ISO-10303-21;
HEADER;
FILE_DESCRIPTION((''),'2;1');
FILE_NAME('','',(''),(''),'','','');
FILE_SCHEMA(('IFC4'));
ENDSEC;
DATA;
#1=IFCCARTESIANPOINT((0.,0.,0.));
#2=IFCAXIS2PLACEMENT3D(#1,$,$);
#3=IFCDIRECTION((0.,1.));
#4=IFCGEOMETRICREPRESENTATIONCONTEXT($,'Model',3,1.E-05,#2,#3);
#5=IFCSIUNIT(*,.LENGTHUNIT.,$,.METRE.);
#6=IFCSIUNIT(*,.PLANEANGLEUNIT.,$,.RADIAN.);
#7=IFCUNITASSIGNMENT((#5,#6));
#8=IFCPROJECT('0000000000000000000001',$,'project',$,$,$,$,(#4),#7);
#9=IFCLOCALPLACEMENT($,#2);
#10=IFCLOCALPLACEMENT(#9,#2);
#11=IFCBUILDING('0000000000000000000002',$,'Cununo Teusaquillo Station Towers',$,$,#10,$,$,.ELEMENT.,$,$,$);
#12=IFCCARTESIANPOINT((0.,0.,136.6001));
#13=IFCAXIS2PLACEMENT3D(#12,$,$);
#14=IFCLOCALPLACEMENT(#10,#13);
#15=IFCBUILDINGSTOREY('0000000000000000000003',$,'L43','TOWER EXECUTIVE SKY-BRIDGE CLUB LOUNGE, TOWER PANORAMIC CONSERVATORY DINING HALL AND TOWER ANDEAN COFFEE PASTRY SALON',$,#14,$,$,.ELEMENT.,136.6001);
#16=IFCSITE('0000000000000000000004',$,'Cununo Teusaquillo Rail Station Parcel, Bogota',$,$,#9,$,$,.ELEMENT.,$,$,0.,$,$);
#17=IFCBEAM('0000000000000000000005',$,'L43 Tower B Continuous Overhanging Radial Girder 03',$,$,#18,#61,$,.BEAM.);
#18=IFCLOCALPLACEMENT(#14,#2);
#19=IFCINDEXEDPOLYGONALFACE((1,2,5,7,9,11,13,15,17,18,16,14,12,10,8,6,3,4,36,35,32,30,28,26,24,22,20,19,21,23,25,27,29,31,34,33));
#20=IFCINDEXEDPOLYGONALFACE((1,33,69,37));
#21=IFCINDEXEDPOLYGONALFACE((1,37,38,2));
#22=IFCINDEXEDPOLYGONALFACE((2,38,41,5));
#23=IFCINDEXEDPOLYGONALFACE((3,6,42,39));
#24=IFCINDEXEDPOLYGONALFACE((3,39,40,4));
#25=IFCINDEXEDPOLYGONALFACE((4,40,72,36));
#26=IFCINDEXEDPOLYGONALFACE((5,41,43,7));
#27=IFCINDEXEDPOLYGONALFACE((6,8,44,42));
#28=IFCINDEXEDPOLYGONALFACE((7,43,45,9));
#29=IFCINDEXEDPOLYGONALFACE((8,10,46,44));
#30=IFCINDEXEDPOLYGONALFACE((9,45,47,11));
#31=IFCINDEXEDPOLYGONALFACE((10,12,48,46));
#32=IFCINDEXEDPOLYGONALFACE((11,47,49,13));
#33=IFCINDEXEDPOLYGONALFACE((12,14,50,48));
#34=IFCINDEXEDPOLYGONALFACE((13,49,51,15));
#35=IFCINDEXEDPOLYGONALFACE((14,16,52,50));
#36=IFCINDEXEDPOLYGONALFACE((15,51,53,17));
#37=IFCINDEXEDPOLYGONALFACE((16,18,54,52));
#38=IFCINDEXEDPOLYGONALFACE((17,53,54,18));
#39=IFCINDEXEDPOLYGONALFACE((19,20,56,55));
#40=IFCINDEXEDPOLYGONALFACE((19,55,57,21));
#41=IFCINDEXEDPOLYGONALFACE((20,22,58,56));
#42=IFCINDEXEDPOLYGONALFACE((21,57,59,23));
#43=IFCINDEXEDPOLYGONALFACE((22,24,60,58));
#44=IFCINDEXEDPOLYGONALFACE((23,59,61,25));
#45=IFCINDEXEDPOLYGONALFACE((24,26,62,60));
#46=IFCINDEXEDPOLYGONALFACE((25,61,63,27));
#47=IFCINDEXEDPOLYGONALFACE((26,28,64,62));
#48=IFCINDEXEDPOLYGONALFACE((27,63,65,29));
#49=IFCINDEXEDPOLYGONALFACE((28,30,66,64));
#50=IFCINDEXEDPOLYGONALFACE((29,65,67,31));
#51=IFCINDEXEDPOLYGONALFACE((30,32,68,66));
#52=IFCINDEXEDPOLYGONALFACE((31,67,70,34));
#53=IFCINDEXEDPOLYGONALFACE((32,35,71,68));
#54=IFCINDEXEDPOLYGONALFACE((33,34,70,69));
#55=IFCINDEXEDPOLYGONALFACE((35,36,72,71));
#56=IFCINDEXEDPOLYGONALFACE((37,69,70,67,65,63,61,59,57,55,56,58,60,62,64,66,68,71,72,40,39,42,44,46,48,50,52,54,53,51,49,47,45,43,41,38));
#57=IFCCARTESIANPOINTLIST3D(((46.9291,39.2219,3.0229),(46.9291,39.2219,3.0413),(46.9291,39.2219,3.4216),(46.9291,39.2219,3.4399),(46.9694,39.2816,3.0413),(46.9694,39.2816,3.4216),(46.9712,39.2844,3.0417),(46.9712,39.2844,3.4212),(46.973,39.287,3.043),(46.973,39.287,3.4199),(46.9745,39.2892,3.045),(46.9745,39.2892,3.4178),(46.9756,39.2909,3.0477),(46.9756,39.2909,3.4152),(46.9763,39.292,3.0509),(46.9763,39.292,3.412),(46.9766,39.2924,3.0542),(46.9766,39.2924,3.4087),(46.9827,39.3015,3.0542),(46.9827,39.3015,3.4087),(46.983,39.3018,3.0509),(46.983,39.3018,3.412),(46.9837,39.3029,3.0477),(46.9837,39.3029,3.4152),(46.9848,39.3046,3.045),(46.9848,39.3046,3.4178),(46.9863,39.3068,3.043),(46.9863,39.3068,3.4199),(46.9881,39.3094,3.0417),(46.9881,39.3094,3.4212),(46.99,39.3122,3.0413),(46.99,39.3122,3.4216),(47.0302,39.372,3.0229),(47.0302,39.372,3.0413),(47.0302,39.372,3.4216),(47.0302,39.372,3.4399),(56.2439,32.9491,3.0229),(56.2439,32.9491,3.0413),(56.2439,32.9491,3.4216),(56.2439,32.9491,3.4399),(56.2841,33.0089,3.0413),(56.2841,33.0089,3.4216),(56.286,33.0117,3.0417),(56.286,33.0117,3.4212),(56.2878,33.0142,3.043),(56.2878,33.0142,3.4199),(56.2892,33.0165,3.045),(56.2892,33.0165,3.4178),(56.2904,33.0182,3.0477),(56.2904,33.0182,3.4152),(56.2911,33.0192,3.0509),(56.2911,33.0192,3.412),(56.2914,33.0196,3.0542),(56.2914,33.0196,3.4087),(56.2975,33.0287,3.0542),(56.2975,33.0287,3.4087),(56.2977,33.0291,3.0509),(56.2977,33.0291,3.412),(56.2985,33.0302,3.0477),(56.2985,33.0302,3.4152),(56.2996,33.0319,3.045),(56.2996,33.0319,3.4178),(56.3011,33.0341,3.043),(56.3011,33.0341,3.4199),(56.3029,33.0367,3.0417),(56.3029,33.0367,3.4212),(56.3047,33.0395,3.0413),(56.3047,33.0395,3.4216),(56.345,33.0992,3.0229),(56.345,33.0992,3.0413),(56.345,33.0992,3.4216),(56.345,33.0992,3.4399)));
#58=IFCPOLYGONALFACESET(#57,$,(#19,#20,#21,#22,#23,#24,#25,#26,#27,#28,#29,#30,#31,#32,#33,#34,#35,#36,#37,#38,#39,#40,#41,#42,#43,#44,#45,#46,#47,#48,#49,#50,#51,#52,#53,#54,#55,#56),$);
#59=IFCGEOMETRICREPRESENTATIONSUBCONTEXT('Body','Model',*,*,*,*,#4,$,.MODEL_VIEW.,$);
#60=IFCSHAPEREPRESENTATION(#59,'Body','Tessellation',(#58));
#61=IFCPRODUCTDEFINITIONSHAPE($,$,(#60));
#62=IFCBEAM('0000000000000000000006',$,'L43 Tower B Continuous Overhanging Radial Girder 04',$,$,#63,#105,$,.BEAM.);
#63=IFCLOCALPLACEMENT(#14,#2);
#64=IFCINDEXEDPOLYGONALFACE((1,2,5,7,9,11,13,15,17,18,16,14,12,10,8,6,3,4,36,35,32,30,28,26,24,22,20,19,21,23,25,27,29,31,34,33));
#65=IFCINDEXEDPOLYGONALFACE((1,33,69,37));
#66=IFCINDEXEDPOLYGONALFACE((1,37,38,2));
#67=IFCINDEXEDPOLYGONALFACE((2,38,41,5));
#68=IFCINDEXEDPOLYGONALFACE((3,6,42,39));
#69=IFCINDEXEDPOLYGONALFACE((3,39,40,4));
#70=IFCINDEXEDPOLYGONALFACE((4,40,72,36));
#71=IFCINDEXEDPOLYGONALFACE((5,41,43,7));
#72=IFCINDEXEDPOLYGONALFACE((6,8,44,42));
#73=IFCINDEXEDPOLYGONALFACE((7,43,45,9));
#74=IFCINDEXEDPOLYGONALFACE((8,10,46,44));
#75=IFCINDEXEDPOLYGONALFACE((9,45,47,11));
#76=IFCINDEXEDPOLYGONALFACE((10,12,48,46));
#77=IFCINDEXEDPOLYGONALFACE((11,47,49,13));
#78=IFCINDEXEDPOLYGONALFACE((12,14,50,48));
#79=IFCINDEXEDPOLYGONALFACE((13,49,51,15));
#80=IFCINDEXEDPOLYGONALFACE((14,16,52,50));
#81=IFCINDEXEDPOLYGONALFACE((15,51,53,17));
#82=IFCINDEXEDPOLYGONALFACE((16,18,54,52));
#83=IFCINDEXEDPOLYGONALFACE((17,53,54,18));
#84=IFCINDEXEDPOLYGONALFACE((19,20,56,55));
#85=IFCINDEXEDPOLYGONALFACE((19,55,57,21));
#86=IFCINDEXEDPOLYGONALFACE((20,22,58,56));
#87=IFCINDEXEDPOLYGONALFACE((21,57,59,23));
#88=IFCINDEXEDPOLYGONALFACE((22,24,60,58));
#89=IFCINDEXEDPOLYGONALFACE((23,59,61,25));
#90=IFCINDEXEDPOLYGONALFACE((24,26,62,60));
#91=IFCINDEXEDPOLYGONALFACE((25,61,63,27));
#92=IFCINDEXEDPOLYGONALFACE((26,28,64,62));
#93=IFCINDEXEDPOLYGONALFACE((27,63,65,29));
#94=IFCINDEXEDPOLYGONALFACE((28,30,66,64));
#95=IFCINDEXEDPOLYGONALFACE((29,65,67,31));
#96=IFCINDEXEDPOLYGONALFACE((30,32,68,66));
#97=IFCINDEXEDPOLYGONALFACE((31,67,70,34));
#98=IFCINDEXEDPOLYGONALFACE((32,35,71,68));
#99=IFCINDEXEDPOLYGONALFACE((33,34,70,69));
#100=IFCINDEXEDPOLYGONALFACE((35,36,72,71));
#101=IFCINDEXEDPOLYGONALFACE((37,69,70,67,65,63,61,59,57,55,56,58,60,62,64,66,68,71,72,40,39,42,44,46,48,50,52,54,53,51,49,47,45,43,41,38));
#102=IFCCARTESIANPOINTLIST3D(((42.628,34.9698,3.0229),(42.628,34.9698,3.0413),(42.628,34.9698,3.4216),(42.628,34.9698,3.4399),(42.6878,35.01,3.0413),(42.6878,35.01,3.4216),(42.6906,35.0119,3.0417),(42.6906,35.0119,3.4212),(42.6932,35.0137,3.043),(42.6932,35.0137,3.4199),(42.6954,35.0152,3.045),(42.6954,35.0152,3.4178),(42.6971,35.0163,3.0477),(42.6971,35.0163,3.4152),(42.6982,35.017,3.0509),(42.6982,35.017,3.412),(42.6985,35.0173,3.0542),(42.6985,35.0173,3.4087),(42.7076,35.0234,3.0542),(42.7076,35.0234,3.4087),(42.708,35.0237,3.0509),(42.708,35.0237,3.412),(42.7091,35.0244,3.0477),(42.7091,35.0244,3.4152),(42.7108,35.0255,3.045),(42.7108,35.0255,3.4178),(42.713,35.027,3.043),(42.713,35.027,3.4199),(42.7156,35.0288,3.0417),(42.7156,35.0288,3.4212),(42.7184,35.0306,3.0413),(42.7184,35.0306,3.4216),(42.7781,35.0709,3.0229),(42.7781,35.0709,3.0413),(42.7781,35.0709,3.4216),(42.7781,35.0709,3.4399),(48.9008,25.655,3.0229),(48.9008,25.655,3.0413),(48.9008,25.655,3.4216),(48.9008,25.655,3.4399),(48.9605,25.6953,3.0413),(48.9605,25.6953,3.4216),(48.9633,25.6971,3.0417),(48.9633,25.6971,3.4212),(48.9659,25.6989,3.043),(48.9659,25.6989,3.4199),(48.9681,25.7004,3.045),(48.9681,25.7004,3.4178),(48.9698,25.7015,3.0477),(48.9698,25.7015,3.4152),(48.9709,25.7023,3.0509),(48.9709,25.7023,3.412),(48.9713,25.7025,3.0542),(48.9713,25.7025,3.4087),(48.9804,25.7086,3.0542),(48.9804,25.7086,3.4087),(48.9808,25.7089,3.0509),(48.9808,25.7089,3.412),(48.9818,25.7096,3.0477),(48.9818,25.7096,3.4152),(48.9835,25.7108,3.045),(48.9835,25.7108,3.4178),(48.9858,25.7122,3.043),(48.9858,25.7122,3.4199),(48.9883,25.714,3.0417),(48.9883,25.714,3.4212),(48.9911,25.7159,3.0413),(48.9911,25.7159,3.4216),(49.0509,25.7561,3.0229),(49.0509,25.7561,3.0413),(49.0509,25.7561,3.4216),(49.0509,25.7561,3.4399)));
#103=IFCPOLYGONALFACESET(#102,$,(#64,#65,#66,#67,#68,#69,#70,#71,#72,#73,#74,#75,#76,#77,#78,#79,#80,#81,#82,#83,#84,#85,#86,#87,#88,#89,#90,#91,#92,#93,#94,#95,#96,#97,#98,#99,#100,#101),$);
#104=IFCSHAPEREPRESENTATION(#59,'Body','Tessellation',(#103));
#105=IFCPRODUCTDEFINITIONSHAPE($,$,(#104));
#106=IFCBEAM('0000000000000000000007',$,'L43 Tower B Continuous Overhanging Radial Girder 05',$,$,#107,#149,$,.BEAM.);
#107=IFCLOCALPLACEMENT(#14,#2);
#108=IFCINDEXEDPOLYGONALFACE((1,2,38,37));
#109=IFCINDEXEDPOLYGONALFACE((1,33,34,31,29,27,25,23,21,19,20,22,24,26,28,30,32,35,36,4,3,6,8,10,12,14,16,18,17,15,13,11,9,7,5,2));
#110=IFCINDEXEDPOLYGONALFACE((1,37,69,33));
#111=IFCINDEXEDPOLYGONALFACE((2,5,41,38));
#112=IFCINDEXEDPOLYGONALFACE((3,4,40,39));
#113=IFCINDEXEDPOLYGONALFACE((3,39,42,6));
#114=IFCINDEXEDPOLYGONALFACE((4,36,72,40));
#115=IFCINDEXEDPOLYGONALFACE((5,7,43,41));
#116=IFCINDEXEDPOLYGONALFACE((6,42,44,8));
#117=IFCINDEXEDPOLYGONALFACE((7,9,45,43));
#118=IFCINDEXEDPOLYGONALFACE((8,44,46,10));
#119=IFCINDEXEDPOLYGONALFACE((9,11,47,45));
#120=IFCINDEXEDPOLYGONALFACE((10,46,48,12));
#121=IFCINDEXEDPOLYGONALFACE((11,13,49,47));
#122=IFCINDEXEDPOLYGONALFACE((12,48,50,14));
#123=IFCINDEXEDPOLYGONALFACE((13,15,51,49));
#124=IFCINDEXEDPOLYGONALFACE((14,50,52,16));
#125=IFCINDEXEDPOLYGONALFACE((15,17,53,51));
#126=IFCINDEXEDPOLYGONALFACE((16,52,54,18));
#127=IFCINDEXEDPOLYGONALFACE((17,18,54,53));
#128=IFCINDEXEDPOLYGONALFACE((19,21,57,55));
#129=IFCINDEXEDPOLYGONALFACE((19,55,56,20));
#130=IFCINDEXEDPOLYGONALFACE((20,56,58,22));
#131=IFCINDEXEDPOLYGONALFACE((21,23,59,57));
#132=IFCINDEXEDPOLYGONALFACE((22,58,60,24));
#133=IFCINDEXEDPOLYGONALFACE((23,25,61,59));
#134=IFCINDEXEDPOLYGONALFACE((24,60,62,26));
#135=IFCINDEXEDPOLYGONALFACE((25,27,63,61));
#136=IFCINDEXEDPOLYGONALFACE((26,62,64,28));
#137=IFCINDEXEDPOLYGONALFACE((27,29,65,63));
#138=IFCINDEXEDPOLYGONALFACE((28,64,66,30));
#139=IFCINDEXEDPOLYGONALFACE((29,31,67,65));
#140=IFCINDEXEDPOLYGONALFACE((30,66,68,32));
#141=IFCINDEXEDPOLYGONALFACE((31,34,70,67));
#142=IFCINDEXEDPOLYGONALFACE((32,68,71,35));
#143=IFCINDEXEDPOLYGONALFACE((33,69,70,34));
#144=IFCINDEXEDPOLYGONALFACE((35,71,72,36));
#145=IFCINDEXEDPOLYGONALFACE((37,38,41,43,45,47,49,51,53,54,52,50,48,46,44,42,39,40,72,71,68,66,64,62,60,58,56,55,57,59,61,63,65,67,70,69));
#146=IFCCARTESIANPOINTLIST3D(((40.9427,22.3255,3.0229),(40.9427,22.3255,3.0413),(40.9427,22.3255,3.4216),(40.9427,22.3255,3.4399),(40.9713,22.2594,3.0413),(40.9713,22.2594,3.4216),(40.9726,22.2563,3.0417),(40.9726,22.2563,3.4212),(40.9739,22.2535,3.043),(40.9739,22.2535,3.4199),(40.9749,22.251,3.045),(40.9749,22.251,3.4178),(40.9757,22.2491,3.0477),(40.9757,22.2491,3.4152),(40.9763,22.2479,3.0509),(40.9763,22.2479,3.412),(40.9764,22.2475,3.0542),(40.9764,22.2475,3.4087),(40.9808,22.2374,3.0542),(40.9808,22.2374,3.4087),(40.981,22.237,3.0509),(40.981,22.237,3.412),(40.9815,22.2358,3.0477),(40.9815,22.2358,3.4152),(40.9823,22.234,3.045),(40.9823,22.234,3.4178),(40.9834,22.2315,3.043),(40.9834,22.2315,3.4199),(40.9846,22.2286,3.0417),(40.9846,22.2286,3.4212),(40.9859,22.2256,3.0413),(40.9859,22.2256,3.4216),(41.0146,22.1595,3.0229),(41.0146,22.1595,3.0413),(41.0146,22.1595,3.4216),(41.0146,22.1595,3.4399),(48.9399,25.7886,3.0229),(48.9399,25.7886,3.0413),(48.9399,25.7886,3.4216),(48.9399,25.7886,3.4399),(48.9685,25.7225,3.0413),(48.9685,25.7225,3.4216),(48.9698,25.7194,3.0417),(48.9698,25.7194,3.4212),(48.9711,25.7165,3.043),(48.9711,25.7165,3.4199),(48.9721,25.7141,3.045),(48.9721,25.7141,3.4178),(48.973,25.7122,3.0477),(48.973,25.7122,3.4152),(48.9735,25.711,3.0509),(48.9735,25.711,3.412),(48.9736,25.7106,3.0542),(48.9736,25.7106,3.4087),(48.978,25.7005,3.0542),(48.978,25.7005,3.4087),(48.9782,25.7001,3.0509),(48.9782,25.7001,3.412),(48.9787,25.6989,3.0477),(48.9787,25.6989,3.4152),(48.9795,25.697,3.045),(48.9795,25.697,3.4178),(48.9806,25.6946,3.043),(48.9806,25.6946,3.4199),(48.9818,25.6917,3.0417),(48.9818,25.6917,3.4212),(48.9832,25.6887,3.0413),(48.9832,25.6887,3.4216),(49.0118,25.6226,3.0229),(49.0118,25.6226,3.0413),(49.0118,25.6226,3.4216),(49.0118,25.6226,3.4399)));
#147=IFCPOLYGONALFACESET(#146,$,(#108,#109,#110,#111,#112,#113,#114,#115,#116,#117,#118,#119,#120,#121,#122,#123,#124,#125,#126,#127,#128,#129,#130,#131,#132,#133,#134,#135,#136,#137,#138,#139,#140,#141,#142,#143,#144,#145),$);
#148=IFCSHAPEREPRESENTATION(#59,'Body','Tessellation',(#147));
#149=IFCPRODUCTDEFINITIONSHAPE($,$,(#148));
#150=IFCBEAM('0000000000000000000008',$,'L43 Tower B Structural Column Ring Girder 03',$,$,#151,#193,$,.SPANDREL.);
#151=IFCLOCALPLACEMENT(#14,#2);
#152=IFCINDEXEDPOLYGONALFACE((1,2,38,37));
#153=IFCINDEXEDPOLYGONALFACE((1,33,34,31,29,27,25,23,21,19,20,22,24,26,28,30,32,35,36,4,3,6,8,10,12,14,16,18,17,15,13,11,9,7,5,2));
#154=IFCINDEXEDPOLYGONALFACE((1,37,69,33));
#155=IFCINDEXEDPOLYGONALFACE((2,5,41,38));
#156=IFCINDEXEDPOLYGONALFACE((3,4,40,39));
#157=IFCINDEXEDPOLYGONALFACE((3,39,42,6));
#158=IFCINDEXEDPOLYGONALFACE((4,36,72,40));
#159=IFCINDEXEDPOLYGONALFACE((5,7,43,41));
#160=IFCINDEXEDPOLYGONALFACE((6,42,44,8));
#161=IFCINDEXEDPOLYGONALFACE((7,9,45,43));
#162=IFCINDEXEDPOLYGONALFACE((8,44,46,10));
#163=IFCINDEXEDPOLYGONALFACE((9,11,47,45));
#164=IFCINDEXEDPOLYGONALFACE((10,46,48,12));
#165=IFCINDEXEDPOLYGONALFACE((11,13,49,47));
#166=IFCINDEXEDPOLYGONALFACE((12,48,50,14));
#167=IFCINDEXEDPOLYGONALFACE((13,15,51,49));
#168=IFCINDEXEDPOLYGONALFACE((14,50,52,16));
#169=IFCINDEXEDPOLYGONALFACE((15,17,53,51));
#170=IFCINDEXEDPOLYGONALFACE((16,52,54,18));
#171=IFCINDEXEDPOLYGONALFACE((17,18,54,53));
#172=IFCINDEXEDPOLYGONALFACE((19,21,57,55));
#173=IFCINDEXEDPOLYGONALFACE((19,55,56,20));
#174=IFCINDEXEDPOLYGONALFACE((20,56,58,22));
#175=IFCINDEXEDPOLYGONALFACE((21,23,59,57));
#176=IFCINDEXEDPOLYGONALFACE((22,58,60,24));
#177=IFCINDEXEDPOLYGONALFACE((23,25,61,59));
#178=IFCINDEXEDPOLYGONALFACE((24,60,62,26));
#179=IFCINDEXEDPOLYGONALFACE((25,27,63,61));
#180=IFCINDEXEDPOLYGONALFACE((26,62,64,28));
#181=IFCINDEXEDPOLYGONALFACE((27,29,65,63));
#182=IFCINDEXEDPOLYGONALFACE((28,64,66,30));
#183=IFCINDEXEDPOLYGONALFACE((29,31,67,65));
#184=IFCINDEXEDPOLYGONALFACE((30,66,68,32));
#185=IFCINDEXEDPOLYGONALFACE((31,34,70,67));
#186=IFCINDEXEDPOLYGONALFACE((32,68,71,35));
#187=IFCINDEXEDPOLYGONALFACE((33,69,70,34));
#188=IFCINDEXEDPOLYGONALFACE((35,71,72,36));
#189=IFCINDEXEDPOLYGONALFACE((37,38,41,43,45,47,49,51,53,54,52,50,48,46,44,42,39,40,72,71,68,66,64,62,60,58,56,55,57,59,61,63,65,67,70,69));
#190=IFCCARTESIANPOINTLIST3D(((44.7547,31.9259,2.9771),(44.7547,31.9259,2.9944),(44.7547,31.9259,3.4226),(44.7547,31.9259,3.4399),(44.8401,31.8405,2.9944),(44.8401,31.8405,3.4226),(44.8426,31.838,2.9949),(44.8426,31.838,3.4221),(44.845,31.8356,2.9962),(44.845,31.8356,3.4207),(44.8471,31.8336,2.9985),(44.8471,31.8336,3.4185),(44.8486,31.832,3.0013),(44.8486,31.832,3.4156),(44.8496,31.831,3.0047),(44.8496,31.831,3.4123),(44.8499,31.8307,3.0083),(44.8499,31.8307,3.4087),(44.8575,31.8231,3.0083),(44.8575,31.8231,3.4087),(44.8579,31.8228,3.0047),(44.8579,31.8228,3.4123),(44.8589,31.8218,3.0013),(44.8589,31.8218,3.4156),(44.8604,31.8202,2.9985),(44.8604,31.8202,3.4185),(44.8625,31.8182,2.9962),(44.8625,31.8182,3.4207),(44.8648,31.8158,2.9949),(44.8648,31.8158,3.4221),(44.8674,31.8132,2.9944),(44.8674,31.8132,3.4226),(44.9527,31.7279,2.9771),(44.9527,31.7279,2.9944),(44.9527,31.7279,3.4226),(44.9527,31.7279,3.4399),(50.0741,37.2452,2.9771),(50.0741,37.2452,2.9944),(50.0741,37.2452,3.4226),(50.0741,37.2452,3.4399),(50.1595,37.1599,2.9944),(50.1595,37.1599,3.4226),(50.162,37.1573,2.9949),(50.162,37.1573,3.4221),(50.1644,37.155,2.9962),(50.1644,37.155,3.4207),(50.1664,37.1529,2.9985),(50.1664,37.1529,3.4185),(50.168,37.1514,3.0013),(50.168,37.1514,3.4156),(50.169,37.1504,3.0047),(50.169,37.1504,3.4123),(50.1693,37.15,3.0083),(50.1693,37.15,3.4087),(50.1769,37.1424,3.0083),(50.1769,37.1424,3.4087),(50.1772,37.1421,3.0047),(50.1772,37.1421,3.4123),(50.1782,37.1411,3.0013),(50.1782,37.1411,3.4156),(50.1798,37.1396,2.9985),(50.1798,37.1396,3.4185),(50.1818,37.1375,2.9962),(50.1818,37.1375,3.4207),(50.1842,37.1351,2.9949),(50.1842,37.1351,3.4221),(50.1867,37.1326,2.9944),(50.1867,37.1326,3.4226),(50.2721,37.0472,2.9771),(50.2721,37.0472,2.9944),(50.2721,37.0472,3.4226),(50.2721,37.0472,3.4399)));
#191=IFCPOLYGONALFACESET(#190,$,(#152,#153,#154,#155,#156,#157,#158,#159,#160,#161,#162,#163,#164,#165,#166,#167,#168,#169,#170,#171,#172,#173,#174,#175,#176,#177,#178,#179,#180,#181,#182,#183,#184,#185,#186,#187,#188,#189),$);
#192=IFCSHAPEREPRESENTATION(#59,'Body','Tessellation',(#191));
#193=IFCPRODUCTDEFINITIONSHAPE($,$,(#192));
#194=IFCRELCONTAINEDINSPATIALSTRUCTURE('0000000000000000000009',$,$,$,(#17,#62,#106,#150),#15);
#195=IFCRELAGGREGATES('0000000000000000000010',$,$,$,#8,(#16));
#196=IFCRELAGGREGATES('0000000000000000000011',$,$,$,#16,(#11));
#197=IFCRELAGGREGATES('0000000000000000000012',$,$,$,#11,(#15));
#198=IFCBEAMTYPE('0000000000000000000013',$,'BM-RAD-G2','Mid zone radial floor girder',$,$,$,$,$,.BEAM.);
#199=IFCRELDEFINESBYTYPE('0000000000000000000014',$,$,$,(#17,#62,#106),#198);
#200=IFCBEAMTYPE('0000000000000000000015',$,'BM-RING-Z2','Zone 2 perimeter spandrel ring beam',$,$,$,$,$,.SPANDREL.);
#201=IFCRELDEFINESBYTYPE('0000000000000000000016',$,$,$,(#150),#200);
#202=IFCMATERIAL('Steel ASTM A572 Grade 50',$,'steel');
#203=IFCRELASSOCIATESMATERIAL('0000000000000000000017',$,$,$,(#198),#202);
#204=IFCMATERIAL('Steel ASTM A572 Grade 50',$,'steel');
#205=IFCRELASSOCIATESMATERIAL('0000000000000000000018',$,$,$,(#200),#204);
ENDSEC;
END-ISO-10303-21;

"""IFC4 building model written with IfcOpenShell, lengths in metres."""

from ifc_helpers import new_model, si_unit, direction, frame, origin, origin_2d, place, context, subcontext, project, spatial, i_section, extrude, material, material_profile, profile_set, type_object, element, save


model = new_model("IFC4")

# Units and contexts
model_context = context("Model", 3, precision=1e-05, world=origin(), true_north=direction((0.0, 1.0)))
body_context = subcontext(model_context, "Body", "Model", "MODEL_VIEW")
ifc_project = project(units=[si_unit("LENGTHUNIT", "METRE"), si_unit("PLANEANGLEUNIT", "RADIAN")], contexts=[model_context])

# Site, building, storey
site_placement = place(None, origin())
site = spatial("IfcSite", under=ifc_project, at=site_placement, Name="Cununo Teusaquillo Rail Station Parcel, Bogota", CompositionType="ELEMENT", RefElevation=0.0)
building_placement = place(site_placement, origin())
building = spatial("IfcBuilding", under=site, at=building_placement, Name="Cununo Teusaquillo Station Towers", CompositionType="ELEMENT")
storey_placement = place(building_placement, frame((0.0, 0.0, 136.6001)))
storey = spatial("IfcBuildingStorey", under=building, at=storey_placement, Name="L43", Description="TOWER EXECUTIVE SKY-BRIDGE CLUB LOUNGE, TOWER PANORAMIC CONSERVATORY DINING HALL AND TOWER ANDEAN COFFEE PASTRY SALON", CompositionType="ELEMENT", Elevation=136.6001)

# Beams
ifc_material_1 = material(Name="Steel ASTM A572 Grade 50", Category="steel")
ifc_material_profile_1 = material_profile(ifc_material_1, i_section(OverallWidth=0.1809, OverallDepth=0.417, WebThickness=0.011, FlangeThickness=0.0183, FilletRadius=0.0129, at=origin_2d()), Name="W16X57")
ifc_profile_set_1 = profile_set([ifc_material_profile_1], Name="Steel ASTM A572 Grade 50")
beam_type_1 = type_object("IfcBeamType", Name="BM-RAD-G2", Description="Mid zone radial floor girder", PredefinedType="BEAM", material=ifc_profile_set_1)
for number, where, z_axis, x_axis, name in (
    (1, (56.2944, 33.0242, 3.2314), (-0.829456, 0.558572, 0.0), (-0.558572, -0.829456, 0.0), "L43 Tower B Continuous Overhanging Radial Girder 03"),
    (2, (48.9758, 25.7056, 3.2314), (-0.558572, 0.829456, 0.0), (-0.829456, -0.558572, 0.0), "L43 Tower B Continuous Overhanging Radial Girder 04"),
):
    element("IfcBeam", number, at=place(storey_placement, frame(where, z_axis=z_axis, x_axis=x_axis)), inside=storey, type_object=beam_type_1, Name=name, PredefinedType="BEAM", context=body_context, shape_type="SweptSolid", body=[
        extrude(i_section(OverallWidth=0.1809, OverallDepth=0.417, WebThickness=0.011, FlangeThickness=0.0183, FilletRadius=0.0129, at=origin_2d()), origin(), (0.0, 0.0, 1.0), 11.23),
    ])
beam_1_placement = place(storey_placement, frame((48.9758, 25.7056, 3.2314), z_axis=(-0.917655, -0.397379, 0.0), x_axis=(0.397379, -0.917655, 0.0)))
element("IfcBeam", 3, at=beam_1_placement, inside=storey, type_object=beam_type_1, Name="L43 Tower B Continuous Overhanging Radial Girder 05", PredefinedType="BEAM", context=body_context, shape_type="SweptSolid", body=[
    extrude(i_section(OverallWidth=0.1809, OverallDepth=0.417, WebThickness=0.011, FlangeThickness=0.0183, FilletRadius=0.0129, at=origin_2d()), origin(), (0.0, 0.0, 1.0), 8.7148),
])
ifc_material_2 = material(Name="Steel ASTM A572 Grade 50", Category="steel")
ifc_material_profile_2 = material_profile(ifc_material_2, i_section(OverallWidth=0.28, OverallDepth=0.4629, WebThickness=0.0107, FlangeThickness=0.0173, FilletRadius=0.0139, at=origin_2d()), Name="W18X76")
ifc_profile_set_2 = profile_set([ifc_material_profile_2], Name="Steel ASTM A572 Grade 50")
beam_type_2 = type_object("IfcBeamType", Name="BM-RING-Z2", Description="Zone 2 perimeter spandrel ring beam", PredefinedType="SPANDREL", material=ifc_profile_set_2)
beam_2_placement = place(storey_placement, frame((50.1731, 37.1462, 3.2085), z_axis=(-0.707107, -0.707107, 0.0), x_axis=(0.707107, -0.707107, 0.0)))
element("IfcBeam", 4, at=beam_2_placement, inside=storey, type_object=beam_type_2, Name="L43 Tower B Structural Column Ring Girder 03", PredefinedType="SPANDREL", context=body_context, shape_type="SweptSolid", body=[
    extrude(i_section(OverallWidth=0.28, OverallDepth=0.4629, WebThickness=0.0107, FlangeThickness=0.0173, FilletRadius=0.0139, at=origin_2d()), origin(), (0.0, 0.0, 1.0), 7.5227),
])

save(model, "model.ifc")
